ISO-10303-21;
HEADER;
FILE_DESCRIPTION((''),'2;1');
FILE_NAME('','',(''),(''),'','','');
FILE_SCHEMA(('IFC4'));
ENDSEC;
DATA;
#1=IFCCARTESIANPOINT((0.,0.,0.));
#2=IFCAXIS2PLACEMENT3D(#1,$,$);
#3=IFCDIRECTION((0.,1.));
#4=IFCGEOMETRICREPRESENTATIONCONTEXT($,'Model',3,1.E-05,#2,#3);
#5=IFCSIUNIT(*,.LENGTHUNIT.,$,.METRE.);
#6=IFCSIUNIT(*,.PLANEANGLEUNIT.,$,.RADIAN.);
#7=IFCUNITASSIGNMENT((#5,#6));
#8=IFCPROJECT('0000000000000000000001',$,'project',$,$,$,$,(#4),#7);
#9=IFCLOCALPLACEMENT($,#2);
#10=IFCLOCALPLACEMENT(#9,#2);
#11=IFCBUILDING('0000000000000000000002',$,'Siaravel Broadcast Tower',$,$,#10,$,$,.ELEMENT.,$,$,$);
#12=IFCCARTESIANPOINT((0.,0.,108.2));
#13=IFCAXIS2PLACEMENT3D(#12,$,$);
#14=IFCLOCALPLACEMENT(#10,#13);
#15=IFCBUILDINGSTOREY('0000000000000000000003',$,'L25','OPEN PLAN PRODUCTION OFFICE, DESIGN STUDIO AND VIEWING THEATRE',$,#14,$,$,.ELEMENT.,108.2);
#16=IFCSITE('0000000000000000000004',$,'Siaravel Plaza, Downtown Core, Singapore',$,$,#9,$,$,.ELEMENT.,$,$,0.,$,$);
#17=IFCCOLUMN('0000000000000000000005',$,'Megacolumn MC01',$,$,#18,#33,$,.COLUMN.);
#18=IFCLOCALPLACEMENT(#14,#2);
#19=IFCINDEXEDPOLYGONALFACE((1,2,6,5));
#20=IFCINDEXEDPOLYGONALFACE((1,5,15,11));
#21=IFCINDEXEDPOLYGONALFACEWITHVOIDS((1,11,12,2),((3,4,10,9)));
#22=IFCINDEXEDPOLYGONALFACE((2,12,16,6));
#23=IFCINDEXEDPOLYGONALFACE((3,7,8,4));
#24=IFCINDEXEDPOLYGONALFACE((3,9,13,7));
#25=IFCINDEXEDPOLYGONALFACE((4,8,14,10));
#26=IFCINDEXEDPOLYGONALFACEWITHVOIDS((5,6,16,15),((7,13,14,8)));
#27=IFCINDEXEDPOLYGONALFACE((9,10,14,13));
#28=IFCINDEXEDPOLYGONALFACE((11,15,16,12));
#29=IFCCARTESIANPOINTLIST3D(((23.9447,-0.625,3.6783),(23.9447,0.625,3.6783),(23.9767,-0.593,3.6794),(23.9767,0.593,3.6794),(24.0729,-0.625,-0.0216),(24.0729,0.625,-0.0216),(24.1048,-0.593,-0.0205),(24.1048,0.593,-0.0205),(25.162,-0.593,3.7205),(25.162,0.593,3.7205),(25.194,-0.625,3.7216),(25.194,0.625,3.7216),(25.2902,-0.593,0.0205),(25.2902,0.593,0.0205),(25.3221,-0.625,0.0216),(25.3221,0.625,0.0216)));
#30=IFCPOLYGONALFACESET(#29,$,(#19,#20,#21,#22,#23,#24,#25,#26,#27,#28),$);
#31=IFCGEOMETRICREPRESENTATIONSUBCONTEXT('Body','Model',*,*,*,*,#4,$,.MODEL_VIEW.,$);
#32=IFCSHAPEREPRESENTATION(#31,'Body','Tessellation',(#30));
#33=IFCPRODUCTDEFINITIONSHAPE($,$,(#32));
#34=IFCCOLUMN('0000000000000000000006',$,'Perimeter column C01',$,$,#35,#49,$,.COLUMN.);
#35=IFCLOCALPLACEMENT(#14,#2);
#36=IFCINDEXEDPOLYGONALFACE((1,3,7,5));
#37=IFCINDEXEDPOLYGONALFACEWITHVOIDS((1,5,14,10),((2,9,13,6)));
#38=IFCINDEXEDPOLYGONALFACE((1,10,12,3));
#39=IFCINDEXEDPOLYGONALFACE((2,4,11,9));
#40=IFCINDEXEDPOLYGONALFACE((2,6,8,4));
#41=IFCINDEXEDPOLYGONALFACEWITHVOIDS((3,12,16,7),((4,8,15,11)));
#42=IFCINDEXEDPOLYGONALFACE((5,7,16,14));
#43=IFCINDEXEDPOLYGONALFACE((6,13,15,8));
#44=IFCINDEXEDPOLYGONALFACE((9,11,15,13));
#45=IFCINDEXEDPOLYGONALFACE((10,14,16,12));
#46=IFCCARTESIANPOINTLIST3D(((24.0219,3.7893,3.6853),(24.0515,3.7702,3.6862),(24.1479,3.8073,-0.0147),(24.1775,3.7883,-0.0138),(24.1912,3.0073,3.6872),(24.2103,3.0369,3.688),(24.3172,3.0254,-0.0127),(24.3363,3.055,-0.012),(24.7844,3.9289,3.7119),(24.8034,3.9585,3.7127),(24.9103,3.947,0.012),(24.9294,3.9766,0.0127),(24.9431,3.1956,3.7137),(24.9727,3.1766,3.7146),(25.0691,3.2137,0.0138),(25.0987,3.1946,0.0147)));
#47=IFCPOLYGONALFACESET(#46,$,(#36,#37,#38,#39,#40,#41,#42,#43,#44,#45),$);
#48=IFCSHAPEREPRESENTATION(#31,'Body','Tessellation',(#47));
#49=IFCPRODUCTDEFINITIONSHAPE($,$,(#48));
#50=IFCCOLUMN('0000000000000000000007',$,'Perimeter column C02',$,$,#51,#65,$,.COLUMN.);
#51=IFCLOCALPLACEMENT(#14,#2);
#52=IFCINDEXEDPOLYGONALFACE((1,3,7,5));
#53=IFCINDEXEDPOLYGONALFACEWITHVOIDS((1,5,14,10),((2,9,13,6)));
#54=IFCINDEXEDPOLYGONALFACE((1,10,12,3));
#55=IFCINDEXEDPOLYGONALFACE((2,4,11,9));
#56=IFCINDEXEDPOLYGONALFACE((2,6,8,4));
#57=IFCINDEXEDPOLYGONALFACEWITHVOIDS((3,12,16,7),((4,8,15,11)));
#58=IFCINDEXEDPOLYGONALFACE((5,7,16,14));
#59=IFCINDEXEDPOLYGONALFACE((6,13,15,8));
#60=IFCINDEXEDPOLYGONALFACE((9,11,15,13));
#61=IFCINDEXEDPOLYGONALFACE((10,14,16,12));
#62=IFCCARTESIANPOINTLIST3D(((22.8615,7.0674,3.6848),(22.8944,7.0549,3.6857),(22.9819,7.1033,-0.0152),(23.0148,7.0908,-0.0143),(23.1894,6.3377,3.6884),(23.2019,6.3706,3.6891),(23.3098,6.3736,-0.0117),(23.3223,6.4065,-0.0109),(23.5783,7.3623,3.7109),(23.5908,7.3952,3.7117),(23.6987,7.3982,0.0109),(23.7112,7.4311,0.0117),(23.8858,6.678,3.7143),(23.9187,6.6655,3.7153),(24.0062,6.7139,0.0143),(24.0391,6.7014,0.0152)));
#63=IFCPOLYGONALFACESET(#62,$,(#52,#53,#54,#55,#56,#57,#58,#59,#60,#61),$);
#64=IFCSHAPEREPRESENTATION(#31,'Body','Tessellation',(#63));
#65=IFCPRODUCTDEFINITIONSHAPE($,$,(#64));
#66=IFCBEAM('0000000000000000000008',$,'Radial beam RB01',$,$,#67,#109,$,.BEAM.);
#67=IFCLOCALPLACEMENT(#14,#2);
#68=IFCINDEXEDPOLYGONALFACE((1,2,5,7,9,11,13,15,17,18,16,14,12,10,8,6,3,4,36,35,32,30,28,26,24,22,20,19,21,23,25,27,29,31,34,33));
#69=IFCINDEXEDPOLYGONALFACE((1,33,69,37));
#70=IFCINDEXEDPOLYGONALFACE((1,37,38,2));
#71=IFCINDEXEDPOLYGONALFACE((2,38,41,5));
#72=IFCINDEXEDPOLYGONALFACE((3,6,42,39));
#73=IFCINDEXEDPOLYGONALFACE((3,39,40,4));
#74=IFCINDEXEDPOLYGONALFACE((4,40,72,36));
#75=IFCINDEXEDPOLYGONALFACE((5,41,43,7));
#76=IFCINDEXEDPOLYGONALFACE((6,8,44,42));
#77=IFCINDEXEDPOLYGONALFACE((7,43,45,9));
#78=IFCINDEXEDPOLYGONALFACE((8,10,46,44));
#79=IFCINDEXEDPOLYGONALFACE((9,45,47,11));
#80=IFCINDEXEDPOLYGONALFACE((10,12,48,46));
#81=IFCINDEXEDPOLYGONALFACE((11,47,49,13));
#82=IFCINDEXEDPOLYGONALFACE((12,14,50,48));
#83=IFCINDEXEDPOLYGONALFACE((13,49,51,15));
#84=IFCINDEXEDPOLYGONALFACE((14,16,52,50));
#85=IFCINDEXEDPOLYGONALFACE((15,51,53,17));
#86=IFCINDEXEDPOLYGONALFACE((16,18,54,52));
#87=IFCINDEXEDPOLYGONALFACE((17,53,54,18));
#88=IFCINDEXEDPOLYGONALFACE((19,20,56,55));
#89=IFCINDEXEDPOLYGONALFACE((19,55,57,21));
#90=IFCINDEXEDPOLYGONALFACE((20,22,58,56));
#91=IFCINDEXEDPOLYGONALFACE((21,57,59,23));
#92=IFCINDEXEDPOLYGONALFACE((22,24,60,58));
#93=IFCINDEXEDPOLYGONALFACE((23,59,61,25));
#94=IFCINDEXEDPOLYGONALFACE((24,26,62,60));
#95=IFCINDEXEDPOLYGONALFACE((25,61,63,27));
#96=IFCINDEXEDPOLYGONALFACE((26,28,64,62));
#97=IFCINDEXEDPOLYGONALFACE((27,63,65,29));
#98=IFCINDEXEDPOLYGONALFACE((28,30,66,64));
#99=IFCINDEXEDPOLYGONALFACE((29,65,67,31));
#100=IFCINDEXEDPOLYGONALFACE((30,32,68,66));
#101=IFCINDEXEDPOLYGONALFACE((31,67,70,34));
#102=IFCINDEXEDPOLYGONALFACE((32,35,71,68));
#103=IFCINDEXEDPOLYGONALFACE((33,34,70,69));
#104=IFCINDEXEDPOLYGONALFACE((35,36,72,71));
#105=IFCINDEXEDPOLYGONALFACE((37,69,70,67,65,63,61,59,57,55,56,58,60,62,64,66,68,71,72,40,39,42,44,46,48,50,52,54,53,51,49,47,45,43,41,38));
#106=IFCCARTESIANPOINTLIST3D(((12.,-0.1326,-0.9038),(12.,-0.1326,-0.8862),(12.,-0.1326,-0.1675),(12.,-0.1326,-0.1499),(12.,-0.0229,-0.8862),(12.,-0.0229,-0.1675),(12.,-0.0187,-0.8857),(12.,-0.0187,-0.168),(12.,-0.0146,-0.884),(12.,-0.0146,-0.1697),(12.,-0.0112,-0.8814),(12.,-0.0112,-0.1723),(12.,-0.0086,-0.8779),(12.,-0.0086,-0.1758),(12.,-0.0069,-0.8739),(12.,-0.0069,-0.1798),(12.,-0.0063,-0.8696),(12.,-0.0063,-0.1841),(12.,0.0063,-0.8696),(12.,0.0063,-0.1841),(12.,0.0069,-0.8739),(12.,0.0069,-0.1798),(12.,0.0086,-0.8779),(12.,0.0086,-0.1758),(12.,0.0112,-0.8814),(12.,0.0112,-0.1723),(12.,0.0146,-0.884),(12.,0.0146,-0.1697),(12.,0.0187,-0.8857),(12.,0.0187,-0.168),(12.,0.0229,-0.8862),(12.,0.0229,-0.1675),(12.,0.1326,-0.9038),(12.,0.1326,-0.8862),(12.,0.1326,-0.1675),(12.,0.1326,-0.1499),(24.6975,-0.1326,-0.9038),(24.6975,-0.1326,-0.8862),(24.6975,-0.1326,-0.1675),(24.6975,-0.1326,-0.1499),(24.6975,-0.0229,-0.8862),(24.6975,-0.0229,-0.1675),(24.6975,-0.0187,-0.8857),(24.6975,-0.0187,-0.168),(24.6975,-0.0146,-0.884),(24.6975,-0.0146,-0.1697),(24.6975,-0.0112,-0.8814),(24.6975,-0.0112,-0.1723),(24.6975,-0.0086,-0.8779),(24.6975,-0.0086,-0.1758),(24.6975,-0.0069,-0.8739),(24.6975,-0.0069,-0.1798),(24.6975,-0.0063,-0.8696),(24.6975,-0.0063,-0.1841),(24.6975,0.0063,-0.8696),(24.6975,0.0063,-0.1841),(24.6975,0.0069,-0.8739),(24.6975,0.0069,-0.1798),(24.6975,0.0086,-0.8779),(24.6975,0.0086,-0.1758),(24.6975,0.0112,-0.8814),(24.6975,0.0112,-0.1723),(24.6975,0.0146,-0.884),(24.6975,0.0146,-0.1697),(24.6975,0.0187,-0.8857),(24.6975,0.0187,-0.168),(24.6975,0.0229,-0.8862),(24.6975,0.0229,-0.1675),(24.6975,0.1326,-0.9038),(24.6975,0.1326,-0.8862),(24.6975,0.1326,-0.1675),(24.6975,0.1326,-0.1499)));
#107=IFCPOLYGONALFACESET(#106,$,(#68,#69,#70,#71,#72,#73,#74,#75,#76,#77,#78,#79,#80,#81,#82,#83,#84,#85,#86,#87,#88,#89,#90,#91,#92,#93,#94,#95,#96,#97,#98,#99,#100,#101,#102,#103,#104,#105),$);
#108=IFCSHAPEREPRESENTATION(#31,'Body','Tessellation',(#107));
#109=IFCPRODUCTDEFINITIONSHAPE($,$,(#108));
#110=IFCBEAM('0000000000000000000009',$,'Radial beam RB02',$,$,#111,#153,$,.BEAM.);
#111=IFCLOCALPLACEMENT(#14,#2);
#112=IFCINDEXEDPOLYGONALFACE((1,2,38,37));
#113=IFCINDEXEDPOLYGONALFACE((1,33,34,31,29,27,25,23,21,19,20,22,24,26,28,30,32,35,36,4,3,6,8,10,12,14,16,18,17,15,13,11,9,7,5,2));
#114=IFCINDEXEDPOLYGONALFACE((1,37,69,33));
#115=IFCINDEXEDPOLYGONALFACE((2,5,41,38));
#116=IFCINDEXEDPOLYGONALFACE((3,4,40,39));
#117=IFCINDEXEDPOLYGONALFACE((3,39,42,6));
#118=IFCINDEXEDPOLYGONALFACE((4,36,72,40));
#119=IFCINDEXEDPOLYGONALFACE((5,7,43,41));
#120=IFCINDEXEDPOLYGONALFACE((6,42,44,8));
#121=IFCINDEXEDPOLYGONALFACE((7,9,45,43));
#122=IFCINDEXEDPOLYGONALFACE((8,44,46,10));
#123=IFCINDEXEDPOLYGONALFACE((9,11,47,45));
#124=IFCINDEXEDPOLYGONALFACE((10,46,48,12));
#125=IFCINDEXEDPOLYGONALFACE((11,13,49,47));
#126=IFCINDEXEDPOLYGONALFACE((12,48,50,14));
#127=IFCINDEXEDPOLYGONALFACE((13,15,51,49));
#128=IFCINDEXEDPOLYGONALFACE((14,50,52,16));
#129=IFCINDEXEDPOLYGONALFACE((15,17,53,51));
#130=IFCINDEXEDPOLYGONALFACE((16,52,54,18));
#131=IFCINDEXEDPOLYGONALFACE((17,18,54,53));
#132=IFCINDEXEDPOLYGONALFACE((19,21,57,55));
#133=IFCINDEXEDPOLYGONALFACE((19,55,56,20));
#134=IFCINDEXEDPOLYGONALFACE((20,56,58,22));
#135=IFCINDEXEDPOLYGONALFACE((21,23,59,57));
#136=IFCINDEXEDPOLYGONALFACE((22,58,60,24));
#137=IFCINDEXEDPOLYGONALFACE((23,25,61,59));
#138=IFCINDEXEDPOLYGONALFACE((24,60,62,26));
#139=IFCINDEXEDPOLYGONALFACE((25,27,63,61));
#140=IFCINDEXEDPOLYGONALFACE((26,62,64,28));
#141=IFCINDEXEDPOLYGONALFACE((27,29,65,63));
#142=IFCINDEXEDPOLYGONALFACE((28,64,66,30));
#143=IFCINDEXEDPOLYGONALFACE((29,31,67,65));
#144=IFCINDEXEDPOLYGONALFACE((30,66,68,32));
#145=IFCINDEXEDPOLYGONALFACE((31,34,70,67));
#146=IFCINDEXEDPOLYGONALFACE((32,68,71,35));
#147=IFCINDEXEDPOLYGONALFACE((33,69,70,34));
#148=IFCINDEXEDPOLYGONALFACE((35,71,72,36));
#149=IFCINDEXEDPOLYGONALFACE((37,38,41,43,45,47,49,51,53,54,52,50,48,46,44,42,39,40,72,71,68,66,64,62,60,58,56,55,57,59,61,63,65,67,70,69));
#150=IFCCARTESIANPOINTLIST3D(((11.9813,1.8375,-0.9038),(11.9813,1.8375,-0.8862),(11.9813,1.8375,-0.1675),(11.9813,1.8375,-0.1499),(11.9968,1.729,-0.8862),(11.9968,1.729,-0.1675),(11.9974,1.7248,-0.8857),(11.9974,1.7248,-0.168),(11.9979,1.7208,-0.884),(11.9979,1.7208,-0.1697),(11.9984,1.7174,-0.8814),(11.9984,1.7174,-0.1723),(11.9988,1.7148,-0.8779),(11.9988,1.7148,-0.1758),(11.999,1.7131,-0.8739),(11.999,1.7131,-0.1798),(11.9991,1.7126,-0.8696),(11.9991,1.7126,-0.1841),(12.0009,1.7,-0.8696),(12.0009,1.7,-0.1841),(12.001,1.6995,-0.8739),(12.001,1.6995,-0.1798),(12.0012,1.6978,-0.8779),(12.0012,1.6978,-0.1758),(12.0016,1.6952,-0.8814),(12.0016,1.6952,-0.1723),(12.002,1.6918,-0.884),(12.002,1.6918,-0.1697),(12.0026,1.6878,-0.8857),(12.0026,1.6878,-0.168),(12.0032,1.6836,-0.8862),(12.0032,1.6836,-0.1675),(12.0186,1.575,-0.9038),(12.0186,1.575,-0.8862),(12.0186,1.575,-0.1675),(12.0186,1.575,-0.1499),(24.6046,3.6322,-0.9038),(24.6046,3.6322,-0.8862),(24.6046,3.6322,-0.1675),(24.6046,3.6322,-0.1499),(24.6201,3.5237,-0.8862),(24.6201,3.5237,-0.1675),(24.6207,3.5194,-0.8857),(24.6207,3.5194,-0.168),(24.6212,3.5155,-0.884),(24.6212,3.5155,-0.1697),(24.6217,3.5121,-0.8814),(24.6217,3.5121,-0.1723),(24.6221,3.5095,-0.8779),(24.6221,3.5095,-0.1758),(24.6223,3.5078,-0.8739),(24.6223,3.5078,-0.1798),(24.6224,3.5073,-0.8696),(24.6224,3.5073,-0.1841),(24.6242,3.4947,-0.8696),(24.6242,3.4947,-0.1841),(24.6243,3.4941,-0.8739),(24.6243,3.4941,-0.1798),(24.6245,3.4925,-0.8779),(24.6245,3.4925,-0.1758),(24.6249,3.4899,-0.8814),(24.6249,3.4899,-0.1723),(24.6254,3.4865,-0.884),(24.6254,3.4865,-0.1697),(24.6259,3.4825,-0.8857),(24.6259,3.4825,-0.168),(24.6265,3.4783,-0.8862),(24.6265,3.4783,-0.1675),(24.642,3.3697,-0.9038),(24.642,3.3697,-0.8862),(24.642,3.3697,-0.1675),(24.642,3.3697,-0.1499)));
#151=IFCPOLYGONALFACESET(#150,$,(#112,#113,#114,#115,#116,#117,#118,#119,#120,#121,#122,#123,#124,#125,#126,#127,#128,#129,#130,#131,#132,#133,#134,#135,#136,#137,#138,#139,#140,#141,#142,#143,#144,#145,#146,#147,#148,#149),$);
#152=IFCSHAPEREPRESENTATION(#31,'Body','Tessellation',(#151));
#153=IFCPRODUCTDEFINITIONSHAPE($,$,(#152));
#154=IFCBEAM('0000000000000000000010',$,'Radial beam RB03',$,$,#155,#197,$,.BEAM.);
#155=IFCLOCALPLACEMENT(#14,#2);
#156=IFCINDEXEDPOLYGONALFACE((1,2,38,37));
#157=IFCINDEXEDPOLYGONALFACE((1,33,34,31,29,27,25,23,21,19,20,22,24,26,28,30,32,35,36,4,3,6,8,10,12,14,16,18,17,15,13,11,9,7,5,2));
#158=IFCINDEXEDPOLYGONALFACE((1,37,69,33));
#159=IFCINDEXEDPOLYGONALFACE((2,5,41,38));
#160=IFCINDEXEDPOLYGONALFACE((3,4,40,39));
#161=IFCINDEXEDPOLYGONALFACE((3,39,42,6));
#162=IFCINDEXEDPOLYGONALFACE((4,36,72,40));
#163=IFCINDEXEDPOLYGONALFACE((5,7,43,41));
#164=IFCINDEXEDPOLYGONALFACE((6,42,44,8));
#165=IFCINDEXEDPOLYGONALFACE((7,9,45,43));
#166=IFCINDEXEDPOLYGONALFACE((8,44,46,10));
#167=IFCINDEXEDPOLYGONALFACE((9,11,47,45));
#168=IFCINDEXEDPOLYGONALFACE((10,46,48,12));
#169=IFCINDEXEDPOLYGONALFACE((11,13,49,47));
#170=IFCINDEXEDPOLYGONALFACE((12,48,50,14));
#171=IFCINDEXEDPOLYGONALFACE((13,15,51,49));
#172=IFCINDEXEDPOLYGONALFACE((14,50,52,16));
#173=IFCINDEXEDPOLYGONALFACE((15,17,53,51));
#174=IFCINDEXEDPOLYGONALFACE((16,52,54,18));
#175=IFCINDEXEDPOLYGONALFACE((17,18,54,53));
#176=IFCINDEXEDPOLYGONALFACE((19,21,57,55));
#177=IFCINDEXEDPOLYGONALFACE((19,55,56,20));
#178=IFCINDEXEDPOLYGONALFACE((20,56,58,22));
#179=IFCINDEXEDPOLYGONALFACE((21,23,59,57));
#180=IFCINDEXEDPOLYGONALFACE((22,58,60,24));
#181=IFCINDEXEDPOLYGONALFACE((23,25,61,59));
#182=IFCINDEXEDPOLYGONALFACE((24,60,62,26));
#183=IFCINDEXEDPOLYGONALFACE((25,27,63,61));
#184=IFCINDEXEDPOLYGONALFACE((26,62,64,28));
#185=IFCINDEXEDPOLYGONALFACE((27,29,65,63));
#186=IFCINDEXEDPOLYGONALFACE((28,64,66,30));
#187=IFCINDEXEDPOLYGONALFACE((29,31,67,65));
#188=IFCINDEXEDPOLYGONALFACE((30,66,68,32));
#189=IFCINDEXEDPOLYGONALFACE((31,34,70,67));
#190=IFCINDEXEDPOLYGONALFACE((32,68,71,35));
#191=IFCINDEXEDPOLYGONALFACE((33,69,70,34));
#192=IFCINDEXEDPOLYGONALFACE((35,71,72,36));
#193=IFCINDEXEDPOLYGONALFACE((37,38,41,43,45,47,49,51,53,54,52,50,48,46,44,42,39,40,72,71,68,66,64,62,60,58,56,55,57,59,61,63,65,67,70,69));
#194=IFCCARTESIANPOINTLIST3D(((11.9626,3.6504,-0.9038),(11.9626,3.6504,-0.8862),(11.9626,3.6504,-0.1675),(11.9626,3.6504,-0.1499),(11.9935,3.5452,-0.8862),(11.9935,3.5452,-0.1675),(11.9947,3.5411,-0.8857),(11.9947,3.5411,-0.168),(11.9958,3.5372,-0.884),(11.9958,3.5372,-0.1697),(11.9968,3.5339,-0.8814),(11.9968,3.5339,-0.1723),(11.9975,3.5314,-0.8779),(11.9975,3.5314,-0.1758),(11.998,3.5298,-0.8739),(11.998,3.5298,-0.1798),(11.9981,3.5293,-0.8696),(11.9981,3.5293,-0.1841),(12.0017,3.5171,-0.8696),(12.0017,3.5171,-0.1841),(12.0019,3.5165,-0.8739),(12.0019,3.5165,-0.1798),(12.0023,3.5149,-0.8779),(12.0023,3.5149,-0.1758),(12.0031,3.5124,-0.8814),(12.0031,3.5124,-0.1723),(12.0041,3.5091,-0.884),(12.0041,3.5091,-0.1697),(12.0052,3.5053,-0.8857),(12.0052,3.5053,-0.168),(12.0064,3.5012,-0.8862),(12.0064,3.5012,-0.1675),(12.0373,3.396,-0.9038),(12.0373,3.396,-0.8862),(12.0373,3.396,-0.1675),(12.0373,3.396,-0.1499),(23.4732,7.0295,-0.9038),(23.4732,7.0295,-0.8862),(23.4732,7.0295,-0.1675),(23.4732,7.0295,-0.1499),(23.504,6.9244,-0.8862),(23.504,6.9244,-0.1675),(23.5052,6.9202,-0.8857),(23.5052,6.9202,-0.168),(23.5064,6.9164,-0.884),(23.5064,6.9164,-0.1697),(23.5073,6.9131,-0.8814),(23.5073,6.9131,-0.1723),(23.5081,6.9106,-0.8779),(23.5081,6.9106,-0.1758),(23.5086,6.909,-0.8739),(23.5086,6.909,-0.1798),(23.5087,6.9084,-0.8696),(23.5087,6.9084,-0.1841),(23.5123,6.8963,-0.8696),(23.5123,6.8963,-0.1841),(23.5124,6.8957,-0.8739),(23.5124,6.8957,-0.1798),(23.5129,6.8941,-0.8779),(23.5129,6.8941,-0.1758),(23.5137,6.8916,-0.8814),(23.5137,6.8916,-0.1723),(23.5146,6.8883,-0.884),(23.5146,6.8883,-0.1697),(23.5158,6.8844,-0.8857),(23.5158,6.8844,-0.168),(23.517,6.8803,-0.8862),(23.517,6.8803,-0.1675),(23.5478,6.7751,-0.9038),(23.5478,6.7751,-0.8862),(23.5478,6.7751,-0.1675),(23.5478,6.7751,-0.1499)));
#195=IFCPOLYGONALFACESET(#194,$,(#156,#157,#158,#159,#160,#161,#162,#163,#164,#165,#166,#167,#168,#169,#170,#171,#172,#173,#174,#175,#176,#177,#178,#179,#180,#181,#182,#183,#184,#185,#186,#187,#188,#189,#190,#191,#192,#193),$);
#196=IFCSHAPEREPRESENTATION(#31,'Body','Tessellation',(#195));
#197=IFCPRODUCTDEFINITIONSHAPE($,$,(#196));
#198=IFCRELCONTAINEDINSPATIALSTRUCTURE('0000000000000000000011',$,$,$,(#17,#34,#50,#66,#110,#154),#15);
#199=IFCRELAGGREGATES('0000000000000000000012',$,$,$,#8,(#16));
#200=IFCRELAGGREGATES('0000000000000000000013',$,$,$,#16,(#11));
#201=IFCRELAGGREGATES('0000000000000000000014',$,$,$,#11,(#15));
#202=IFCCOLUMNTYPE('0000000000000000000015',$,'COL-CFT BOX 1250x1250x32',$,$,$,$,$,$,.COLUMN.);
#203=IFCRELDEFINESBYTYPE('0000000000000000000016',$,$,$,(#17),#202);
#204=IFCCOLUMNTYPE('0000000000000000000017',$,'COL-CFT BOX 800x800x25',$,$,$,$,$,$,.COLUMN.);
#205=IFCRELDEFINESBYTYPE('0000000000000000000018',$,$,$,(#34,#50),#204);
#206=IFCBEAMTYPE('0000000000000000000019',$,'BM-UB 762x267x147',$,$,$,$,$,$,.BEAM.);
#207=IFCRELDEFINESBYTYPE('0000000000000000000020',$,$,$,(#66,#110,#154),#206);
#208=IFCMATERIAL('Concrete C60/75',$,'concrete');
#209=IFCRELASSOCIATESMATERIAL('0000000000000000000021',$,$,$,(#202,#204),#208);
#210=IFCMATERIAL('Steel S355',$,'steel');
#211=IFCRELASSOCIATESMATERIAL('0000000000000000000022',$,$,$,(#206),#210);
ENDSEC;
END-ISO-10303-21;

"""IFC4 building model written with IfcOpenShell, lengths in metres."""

from ifc_helpers import new_model, si_unit, direction, frame, origin, origin_2d, place, context, subcontext, project, spatial, hollow_rectangle, i_section, extrude, material, material_profile, profile_set, type_object, element, save


model = new_model("IFC4")

# Units and contexts
model_context = context("Model", 3, precision=1e-05, world=origin(), true_north=direction((0.0, 1.0)))
body_context = subcontext(model_context, "Body", "Model", "MODEL_VIEW")
ifc_project = project(units=[si_unit("LENGTHUNIT", "METRE"), si_unit("PLANEANGLEUNIT", "RADIAN")], contexts=[model_context])

# Site, building, storey
site_placement = place(None, origin())
site = spatial("IfcSite", under=ifc_project, at=site_placement, Name="Siaravel Plaza, Downtown Core, Singapore", CompositionType="ELEMENT", RefElevation=0.0)
building_placement = place(site_placement, origin())
building = spatial("IfcBuilding", under=site, at=building_placement, Name="Siaravel Broadcast Tower", CompositionType="ELEMENT")
storey_placement = place(building_placement, frame((0.0, 0.0, 108.2)))
storey = spatial("IfcBuildingStorey", under=building, at=storey_placement, Name="L25", Description="OPEN PLAN PRODUCTION OFFICE, DESIGN STUDIO AND VIEWING THEATRE", CompositionType="ELEMENT", Elevation=108.2)

# Columns
ifc_material_1 = material(Name="Concrete C60/75", Category="concrete")
ifc_material_profile_1 = material_profile(ifc_material_1, hollow_rectangle(XDim=1.25, YDim=1.25, WallThickness=0.032, at=origin_2d()))
ifc_profile_set_1 = profile_set([ifc_material_profile_1], Name="Concrete C60/75")
column_type_1 = type_object("IfcColumnType", Name="COL-CFT BOX 1250x1250x32", PredefinedType="COLUMN", material=ifc_profile_set_1)
column_placement = place(storey_placement, frame((24.6975, 0.0, 0.0), z_axis=(-0.034621, 0.0, 0.999401), x_axis=(0.0, -1.0, 0.0)))
element("IfcColumn", 1, at=column_placement, inside=storey, type_object=column_type_1, Name="Megacolumn MC01", PredefinedType="COLUMN", context=body_context, shape_type="SweptSolid", body=[
    extrude(hollow_rectangle(XDim=1.25, YDim=1.25, WallThickness=0.032, at=origin_2d()), origin(), (0.0, 0.0, 1.0), 3.7021),
])
ifc_material_profile_2 = material_profile(ifc_material_1, hollow_rectangle(XDim=0.8, YDim=0.8, WallThickness=0.0249, at=origin_2d()))
ifc_profile_set_2 = profile_set([ifc_material_profile_2], Name="Concrete C60/75")
column_type_2 = type_object("IfcColumnType", Name="COL-CFT BOX 800x800x25", PredefinedType="COLUMN", material=ifc_profile_set_2)
for number, where, z_axis, x_axis, name in (
    (2, (24.6233, 3.501, 0.0), (-0.034028, -0.00488, 0.999409), (0.211577, -0.977358, 0.002431), "Perimeter column C01"),
    (3, (23.5105, 6.9023, 0.0), (-0.032512, -0.009694, 0.999424), (0.409838, -0.912147, 0.004485), "Perimeter column C02"),
):
    element("IfcColumn", number, at=place(storey_placement, frame(where, z_axis=z_axis, x_axis=x_axis)), inside=storey, type_object=column_type_2, Name=name, PredefinedType="COLUMN", context=body_context, shape_type="SweptSolid", body=[
        extrude(hollow_rectangle(XDim=0.8, YDim=0.8, WallThickness=0.0249, at=origin_2d()), origin(), (0.0, 0.0, 1.0), 3.7021),
    ])

# Beams
ifc_material_2 = material(Name="Steel S355", Category="steel")
ifc_material_profile_3 = material_profile(ifc_material_2, i_section(OverallWidth=0.2651, OverallDepth=0.7539, WebThickness=0.0127, FlangeThickness=0.0176, FilletRadius=0.0166, at=origin_2d()))
ifc_profile_set_3 = profile_set([ifc_material_profile_3], Name="Steel S355")
beam_type = type_object("IfcBeamType", Name="BM-UB 762x267x147", PredefinedType="BEAM", material=ifc_profile_set_3)
beam_1_placement = place(storey_placement, frame((24.6975, 0.0, -0.5269), z_axis=(-1.0, 0.0, 0.0), x_axis=(0.0, -1.0, 0.0)))
element("IfcBeam", 4, at=beam_1_placement, inside=storey, type_object=beam_type, Name="Radial beam RB01", PredefinedType="BEAM", context=body_context, shape_type="SweptSolid", body=[
    extrude(i_section(OverallWidth=0.2651, OverallDepth=0.7539, WebThickness=0.0127, FlangeThickness=0.0176, FilletRadius=0.0166, at=origin_2d()), origin(), (0.0, 0.0, 1.0), 12.6975),
])
beam_2_placement = place(storey_placement, frame((24.6233, 3.501, -0.5269), z_axis=(-0.990044, -0.140757, 0.0), x_axis=(0.140757, -0.990044, 0.0)))
element("IfcBeam", 5, at=beam_2_placement, inside=storey, type_object=beam_type, Name="Radial beam RB02", PredefinedType="BEAM", context=body_context, shape_type="SweptSolid", body=[
    extrude(i_section(OverallWidth=0.2651, OverallDepth=0.7539, WebThickness=0.0127, FlangeThickness=0.0176, FilletRadius=0.0166, at=origin_2d()), origin(), (0.0, 0.0, 1.0), 12.7502),
])
beam_3_placement = place(storey_placement, frame((23.5105, 6.9023, -0.5269), z_axis=(-0.959507, -0.281684, 0.0), x_axis=(0.281684, -0.959507, 0.0)))
element("IfcBeam", 6, at=beam_3_placement, inside=storey, type_object=beam_type, Name="Radial beam RB03", PredefinedType="BEAM", context=body_context, shape_type="SweptSolid", body=[
    extrude(i_section(OverallWidth=0.2651, OverallDepth=0.7539, WebThickness=0.0127, FlangeThickness=0.0176, FilletRadius=0.0166, at=origin_2d()), origin(), (0.0, 0.0, 1.0), 11.9963),
])

save(model, "model.ifc")
